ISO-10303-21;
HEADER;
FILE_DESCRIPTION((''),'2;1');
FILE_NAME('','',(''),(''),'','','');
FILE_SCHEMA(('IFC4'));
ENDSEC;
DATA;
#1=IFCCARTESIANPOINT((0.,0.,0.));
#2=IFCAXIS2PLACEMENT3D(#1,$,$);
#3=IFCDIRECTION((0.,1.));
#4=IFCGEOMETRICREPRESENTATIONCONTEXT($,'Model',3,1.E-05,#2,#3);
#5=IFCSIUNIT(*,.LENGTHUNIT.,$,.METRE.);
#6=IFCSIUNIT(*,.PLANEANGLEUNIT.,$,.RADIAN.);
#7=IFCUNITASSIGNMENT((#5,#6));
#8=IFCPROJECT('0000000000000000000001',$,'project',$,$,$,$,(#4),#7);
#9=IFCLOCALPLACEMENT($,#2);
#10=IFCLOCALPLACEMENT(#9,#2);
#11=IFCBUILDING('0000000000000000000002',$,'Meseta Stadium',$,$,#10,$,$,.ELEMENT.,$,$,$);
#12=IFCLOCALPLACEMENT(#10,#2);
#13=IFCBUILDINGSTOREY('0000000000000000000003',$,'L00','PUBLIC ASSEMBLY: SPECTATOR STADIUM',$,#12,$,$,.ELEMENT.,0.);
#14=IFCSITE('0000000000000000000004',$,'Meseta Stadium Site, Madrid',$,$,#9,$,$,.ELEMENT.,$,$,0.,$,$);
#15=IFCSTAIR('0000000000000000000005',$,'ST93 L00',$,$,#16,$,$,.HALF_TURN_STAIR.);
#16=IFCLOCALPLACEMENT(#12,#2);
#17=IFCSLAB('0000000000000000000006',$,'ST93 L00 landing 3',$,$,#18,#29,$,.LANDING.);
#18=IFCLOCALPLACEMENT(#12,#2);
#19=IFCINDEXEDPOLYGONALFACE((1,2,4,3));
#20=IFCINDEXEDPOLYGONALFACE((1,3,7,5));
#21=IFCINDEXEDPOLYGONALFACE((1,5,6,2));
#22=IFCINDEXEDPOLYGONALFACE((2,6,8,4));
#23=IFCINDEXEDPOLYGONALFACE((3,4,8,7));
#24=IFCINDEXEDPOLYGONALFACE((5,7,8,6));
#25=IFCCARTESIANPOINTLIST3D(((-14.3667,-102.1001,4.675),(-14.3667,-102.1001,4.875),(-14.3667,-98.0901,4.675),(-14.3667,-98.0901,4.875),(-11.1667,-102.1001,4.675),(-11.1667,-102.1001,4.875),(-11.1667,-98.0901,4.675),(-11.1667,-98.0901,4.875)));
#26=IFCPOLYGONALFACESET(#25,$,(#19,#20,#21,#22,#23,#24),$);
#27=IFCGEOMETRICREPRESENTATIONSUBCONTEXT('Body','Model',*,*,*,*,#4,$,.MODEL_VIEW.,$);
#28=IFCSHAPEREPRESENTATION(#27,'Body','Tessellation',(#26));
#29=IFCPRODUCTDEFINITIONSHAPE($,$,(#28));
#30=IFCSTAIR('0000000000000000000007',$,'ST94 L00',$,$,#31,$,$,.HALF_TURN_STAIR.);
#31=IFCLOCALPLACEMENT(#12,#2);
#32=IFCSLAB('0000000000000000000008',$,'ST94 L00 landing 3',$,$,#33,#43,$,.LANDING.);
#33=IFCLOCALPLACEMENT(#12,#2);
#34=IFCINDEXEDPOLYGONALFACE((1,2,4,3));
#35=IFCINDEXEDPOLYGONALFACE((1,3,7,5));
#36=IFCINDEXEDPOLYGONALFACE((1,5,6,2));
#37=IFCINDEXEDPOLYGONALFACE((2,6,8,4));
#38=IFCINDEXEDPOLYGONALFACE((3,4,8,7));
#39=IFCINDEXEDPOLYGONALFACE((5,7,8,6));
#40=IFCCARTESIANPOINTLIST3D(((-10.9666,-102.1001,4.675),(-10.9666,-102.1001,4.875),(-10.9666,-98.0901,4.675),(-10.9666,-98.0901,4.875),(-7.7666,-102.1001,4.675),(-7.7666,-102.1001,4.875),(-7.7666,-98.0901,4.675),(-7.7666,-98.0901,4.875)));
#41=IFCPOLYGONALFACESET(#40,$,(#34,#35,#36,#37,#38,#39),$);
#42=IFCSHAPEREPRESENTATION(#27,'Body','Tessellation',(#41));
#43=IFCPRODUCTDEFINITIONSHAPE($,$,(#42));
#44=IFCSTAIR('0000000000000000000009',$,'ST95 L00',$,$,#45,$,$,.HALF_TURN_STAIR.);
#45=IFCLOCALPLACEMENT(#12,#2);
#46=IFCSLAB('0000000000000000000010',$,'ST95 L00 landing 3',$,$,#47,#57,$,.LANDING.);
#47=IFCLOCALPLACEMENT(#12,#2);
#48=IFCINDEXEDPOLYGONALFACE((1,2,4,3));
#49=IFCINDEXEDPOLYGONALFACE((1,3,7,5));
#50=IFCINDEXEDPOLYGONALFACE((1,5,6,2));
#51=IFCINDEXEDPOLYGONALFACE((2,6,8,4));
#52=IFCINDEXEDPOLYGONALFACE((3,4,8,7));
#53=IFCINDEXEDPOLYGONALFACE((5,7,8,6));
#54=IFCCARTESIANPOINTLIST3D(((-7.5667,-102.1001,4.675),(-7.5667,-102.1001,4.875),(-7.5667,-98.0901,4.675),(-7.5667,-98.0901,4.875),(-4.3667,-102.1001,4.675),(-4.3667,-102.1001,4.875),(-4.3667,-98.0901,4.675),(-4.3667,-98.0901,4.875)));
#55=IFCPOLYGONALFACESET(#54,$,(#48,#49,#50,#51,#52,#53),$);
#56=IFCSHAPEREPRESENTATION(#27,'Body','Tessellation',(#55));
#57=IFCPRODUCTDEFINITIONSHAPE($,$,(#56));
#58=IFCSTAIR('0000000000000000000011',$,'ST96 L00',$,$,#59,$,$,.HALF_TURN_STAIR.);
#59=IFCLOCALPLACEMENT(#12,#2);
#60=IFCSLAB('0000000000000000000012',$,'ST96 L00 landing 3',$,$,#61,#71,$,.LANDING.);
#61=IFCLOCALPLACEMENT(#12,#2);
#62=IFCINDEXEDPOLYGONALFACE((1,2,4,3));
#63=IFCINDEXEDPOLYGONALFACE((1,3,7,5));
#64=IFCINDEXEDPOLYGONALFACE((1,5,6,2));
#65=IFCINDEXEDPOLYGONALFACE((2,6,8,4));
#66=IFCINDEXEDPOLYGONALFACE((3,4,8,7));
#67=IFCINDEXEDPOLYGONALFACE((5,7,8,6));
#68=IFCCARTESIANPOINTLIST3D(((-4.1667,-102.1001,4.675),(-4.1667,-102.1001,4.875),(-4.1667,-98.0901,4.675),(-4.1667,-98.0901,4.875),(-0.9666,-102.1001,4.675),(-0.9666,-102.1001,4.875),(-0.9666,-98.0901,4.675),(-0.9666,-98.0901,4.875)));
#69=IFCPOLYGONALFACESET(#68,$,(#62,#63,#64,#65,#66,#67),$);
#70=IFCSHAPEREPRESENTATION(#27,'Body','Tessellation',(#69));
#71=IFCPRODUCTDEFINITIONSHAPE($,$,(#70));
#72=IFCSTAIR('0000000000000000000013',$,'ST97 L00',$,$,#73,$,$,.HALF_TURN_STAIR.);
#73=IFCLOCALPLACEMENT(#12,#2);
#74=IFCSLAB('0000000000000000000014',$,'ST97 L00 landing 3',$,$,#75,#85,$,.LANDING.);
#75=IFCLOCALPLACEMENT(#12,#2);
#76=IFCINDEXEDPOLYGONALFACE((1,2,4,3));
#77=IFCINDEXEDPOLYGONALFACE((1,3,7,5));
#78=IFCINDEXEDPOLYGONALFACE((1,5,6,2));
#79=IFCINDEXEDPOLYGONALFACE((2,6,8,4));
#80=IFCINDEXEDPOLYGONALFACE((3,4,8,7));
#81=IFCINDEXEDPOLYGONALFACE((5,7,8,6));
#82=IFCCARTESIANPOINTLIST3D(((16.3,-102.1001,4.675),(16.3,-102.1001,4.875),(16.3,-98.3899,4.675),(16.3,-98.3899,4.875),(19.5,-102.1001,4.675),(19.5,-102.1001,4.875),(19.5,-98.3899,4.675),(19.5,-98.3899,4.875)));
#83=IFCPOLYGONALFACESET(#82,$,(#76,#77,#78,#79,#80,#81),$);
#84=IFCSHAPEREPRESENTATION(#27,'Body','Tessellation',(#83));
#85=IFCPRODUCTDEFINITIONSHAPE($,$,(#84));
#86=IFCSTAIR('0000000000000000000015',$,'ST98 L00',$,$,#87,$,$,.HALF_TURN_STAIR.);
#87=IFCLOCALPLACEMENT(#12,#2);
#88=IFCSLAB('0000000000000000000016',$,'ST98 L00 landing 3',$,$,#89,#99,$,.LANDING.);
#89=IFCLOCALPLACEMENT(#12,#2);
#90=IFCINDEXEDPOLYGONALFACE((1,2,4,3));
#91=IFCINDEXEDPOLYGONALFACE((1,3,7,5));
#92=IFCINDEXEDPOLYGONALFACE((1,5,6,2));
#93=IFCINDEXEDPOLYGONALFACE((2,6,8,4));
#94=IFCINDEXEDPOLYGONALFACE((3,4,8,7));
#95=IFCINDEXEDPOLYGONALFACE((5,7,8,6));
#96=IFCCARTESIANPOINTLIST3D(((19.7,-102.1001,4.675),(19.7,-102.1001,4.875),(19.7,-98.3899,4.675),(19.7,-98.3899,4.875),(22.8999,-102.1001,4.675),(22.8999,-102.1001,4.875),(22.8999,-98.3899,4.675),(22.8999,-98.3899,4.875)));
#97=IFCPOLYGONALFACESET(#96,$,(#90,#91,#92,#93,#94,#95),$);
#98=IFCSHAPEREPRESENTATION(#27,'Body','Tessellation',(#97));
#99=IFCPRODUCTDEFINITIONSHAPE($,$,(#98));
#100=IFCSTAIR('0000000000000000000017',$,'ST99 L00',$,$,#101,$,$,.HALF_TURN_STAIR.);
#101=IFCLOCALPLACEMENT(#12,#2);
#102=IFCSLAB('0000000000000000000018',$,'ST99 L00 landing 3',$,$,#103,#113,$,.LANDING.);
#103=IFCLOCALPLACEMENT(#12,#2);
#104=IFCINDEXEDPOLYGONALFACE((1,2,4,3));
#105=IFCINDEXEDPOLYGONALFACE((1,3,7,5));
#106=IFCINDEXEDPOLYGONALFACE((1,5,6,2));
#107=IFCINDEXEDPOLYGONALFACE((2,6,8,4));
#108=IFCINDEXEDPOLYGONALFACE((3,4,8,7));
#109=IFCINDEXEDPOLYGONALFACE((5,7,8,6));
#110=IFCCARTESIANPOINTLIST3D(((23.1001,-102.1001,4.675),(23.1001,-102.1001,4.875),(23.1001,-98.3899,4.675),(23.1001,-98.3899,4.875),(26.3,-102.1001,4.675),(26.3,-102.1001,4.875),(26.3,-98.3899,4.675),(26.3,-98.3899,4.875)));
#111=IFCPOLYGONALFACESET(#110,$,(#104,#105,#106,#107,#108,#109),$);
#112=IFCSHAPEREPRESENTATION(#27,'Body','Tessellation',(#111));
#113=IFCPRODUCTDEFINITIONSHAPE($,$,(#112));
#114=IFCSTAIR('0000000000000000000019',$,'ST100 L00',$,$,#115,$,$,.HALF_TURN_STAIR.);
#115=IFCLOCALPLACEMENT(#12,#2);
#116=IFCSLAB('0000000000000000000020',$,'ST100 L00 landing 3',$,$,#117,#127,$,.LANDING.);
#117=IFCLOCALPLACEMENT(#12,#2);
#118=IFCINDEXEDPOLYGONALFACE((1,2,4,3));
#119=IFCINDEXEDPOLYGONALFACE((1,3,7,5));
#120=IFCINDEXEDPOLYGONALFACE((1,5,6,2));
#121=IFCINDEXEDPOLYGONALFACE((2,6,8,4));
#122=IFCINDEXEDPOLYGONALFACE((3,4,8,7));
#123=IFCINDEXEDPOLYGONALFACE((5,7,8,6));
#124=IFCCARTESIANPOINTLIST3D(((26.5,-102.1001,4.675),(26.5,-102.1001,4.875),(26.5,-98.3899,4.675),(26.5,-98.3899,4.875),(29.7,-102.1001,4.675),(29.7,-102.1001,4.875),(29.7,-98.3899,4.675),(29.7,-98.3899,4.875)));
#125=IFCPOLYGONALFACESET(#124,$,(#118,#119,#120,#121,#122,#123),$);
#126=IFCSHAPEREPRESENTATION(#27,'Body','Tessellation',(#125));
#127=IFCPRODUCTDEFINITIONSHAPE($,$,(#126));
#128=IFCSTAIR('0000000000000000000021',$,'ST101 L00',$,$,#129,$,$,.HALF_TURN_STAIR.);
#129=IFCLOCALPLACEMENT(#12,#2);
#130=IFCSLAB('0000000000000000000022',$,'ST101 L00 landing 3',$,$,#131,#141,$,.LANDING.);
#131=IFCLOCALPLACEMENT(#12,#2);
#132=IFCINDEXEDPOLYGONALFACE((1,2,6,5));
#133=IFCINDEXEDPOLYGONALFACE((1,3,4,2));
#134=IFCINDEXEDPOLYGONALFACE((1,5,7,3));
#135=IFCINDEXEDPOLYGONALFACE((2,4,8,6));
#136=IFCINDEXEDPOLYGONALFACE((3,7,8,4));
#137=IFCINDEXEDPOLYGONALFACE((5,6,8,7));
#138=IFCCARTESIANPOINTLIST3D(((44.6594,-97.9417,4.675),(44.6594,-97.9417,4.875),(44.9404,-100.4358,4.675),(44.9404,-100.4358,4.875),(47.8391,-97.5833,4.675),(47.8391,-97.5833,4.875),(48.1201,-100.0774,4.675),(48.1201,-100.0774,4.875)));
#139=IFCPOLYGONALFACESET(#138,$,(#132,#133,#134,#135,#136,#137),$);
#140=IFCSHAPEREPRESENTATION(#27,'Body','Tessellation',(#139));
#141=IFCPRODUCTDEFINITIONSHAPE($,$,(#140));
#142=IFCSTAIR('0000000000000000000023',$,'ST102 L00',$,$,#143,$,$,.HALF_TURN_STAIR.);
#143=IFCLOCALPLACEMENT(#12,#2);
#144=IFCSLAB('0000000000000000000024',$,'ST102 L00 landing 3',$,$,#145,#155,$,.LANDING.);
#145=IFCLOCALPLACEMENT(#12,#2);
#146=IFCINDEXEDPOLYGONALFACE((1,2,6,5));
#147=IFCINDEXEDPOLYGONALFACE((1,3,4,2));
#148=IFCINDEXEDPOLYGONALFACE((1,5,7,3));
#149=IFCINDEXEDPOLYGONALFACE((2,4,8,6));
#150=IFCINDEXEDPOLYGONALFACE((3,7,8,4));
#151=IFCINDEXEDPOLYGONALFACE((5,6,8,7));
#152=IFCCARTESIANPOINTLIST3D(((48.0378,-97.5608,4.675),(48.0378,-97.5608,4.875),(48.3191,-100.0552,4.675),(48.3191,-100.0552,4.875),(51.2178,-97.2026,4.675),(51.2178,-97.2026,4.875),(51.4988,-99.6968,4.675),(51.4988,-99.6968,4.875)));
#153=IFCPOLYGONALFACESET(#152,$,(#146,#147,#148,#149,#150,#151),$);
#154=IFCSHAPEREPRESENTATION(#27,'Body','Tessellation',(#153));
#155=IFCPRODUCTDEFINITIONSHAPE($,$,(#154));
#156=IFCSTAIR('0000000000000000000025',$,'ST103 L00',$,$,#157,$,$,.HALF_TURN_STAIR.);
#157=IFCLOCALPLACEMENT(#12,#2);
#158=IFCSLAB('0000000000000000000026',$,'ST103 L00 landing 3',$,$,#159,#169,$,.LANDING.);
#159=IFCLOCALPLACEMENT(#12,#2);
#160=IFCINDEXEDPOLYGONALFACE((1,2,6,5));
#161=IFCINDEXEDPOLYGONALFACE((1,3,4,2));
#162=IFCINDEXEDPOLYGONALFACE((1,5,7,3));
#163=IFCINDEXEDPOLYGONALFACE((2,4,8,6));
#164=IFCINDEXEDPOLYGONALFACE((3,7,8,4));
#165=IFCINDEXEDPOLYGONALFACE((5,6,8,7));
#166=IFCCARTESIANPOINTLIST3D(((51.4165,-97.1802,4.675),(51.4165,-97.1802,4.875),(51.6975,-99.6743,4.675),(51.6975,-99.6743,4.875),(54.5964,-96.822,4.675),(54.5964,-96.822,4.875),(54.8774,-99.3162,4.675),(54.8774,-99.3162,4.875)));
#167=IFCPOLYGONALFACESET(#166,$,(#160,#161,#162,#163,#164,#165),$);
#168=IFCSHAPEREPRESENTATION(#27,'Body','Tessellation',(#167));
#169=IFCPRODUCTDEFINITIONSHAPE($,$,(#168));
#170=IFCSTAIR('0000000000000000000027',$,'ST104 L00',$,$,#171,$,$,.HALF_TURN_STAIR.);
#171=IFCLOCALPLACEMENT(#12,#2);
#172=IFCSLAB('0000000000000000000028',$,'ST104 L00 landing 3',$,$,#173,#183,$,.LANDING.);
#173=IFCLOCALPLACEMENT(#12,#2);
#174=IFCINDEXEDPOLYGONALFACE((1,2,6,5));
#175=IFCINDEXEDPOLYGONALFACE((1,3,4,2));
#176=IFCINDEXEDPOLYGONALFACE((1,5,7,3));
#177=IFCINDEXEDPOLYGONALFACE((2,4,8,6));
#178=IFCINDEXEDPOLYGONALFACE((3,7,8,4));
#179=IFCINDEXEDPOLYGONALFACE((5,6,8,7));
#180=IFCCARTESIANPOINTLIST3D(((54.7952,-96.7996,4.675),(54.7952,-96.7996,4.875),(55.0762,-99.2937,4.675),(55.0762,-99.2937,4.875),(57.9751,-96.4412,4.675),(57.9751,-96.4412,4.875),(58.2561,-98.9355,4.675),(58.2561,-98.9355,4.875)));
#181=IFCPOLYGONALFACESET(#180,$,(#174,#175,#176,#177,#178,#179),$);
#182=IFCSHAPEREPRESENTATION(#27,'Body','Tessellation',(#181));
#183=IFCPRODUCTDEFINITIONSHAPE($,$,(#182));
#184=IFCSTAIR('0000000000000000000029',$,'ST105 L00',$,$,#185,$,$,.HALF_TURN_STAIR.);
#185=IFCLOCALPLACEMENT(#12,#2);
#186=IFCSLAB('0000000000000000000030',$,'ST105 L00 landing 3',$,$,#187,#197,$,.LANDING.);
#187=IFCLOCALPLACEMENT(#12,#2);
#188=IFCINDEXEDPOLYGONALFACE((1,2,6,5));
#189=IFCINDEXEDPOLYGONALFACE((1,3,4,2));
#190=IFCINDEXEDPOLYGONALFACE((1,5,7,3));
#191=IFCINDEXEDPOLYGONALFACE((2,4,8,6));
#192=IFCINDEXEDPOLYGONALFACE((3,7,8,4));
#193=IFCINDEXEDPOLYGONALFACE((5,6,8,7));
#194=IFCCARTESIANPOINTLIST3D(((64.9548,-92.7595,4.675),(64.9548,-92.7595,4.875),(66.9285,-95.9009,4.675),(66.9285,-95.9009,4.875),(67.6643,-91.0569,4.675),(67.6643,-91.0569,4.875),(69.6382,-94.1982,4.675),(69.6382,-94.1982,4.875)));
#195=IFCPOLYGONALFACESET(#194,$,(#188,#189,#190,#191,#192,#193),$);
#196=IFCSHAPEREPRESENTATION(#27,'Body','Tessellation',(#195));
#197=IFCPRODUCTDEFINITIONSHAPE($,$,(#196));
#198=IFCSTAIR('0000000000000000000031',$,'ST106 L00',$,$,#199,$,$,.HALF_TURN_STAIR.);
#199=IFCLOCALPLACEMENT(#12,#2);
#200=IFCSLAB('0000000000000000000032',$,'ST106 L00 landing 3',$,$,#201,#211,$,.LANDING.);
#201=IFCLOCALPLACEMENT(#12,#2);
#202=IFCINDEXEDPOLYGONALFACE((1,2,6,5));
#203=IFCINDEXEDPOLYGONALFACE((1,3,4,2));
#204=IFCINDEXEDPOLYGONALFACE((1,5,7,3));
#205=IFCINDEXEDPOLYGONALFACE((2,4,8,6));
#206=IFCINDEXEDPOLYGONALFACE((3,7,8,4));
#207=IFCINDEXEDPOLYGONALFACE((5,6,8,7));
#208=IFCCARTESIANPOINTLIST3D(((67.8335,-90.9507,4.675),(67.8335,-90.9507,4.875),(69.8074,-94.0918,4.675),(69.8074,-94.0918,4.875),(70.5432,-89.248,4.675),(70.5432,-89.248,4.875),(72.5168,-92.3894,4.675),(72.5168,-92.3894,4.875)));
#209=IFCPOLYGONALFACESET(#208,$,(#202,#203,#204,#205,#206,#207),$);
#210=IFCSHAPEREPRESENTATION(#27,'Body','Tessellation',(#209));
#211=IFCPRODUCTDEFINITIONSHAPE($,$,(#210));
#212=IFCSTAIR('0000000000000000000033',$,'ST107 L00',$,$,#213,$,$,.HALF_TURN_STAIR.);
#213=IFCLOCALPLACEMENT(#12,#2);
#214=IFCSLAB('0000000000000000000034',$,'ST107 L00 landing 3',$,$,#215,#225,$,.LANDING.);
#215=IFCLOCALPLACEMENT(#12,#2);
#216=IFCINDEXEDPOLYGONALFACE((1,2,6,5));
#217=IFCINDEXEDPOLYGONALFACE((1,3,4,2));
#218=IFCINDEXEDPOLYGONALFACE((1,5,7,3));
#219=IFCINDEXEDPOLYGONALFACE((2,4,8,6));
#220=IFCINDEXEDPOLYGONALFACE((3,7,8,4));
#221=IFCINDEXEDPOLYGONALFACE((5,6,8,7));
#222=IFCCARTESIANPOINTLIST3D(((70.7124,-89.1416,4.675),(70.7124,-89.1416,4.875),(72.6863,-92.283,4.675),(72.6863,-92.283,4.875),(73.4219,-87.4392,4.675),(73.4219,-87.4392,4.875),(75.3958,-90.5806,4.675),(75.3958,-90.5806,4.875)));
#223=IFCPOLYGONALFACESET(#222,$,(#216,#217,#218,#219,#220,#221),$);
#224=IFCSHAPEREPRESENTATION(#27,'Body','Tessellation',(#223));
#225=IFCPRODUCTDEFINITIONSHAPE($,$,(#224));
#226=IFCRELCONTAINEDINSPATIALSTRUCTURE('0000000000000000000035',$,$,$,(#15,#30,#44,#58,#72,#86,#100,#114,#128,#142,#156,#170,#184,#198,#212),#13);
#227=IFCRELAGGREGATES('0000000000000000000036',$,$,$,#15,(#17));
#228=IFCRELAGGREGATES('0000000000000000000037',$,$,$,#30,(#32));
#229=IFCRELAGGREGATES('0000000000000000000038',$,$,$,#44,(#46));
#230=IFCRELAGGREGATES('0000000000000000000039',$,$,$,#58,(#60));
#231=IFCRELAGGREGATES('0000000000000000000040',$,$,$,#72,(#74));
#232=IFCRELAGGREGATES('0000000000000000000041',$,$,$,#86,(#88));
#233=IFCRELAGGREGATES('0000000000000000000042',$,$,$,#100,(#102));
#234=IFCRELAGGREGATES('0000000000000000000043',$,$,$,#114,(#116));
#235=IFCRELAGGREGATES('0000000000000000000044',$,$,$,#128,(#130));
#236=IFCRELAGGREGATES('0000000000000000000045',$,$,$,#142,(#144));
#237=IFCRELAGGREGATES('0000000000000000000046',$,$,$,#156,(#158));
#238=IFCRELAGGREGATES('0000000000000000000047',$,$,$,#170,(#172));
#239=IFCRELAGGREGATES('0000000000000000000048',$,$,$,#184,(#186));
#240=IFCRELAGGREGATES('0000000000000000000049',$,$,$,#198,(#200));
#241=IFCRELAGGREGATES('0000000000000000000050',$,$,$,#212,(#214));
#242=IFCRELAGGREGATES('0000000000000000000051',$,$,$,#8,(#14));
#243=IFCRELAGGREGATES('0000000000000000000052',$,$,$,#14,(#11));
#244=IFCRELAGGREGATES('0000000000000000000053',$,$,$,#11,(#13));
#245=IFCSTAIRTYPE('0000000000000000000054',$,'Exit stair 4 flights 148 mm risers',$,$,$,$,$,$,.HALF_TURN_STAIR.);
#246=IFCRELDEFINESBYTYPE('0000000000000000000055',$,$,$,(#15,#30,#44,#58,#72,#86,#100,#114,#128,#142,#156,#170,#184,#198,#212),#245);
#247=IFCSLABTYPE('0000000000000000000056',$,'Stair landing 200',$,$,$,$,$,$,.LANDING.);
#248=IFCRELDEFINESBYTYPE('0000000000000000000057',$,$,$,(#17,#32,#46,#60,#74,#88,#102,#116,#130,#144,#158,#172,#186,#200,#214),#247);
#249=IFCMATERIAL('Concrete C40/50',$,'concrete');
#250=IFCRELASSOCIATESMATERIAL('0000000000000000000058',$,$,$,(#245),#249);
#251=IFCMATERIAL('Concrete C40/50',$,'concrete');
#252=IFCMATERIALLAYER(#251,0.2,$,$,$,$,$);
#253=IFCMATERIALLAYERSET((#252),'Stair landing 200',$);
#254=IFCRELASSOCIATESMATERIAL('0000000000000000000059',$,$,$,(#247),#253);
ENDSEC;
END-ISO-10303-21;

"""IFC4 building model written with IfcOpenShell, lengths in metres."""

from ifc_helpers import new_model, si_unit, direction, frame, origin, place, context, subcontext, project, spatial, polyline, outline, extrude, material, layer, layer_set, type_object, element, aggregate, save


model = new_model("IFC4")

# Units and contexts
model_context = context("Model", 3, precision=1e-05, world=origin(), true_north=direction((0.0, 1.0)))
body_context = subcontext(model_context, "Body", "Model", "MODEL_VIEW")
ifc_project = project(units=[si_unit("LENGTHUNIT", "METRE"), si_unit("PLANEANGLEUNIT", "RADIAN")], contexts=[model_context])

# Site, building, storey
site_placement = place(None, origin())
site = spatial("IfcSite", under=ifc_project, at=site_placement, Name="Meseta Stadium Site, Madrid", CompositionType="ELEMENT", RefElevation=0.0)
building_placement = place(site_placement, origin())
building = spatial("IfcBuilding", under=site, at=building_placement, Name="Meseta Stadium", CompositionType="ELEMENT")
storey_placement = place(building_placement, origin())
storey = spatial("IfcBuildingStorey", under=building, at=storey_placement, Name="L00", Description="PUBLIC ASSEMBLY: SPECTATOR STADIUM", CompositionType="ELEMENT", Elevation=0.0)

# Stairs, slabs
ifc_material_1 = material(Name="Concrete C40/50", Category="concrete")
stair_type = type_object("IfcStairType", Name="Exit stair 4 flights 148 mm risers", PredefinedType="HALF_TURN_STAIR", material=ifc_material_1)
ifc_material_2 = material(Name="Concrete C40/50", Category="concrete")
ifc_layer = layer(ifc_material_2, 0.2)
ifc_layer_set = layer_set([ifc_layer], Name="Stair landing 200")
slab_type = type_object("IfcSlabType", Name="Stair landing 200", PredefinedType="LANDING", material=ifc_layer_set)
stair_1_placement = place(storey_placement, origin())
stair_1 = element("IfcStair", 1, at=stair_1_placement, inside=storey, type_object=stair_type, Name="ST93 L00", PredefinedType="HALF_TURN_STAIR")
slab_1_placement = place(storey_placement, frame((0.0, 0.0, 4.675)))
slab_1 = element("IfcSlab", 2, at=slab_1_placement, type_object=slab_type, Name="ST93 L00 landing 3", PredefinedType="LANDING", context=body_context, shape_type="SweptSolid", body=[
    extrude(outline(polyline([(-14.3667, -98.0901), (-14.3667, -102.1001), (-11.1667, -102.1001), (-11.1667, -98.0901), (-14.3667, -98.0901)])), origin(), (0.0, 0.0, 1.0), 0.2),
])
aggregate(stair_1, [slab_1])
stair_2_placement = place(storey_placement, origin())
stair_2 = element("IfcStair", 3, at=stair_2_placement, inside=storey, type_object=stair_type, Name="ST94 L00", PredefinedType="HALF_TURN_STAIR")
slab_2_placement = place(storey_placement, frame((0.0, 0.0, 4.675)))
slab_2 = element("IfcSlab", 4, at=slab_2_placement, type_object=slab_type, Name="ST94 L00 landing 3", PredefinedType="LANDING", context=body_context, shape_type="SweptSolid", body=[
    extrude(outline(polyline([(-10.9666, -98.0901), (-10.9666, -102.1001), (-7.7666, -102.1001), (-7.7666, -98.0901), (-10.9666, -98.0901)])), origin(), (0.0, 0.0, 1.0), 0.2),
])
aggregate(stair_2, [slab_2])
stair_3_placement = place(storey_placement, origin())
stair_3 = element("IfcStair", 5, at=stair_3_placement, inside=storey, type_object=stair_type, Name="ST95 L00", PredefinedType="HALF_TURN_STAIR")
slab_3_placement = place(storey_placement, frame((0.0, 0.0, 4.675)))
slab_3 = element("IfcSlab", 6, at=slab_3_placement, type_object=slab_type, Name="ST95 L00 landing 3", PredefinedType="LANDING", context=body_context, shape_type="SweptSolid", body=[
    extrude(outline(polyline([(-7.5667, -98.0901), (-7.5667, -102.1001), (-4.3667, -102.1001), (-4.3667, -98.0901), (-7.5667, -98.0901)])), origin(), (0.0, 0.0, 1.0), 0.2),
])
aggregate(stair_3, [slab_3])
stair_4_placement = place(storey_placement, origin())
stair_4 = element("IfcStair", 7, at=stair_4_placement, inside=storey, type_object=stair_type, Name="ST96 L00", PredefinedType="HALF_TURN_STAIR")
slab_4_placement = place(storey_placement, frame((0.0, 0.0, 4.675)))
slab_4 = element("IfcSlab", 8, at=slab_4_placement, type_object=slab_type, Name="ST96 L00 landing 3", PredefinedType="LANDING", context=body_context, shape_type="SweptSolid", body=[
    extrude(outline(polyline([(-4.1667, -98.0901), (-4.1667, -102.1001), (-0.9666, -102.1001), (-0.9666, -98.0901), (-4.1667, -98.0901)])), origin(), (0.0, 0.0, 1.0), 0.2),
])
aggregate(stair_4, [slab_4])
stair_5_placement = place(storey_placement, origin())
stair_5 = element("IfcStair", 9, at=stair_5_placement, inside=storey, type_object=stair_type, Name="ST97 L00", PredefinedType="HALF_TURN_STAIR")
slab_5_placement = place(storey_placement, frame((0.0, 0.0, 4.675)))
slab_5 = element("IfcSlab", 10, at=slab_5_placement, type_object=slab_type, Name="ST97 L00 landing 3", PredefinedType="LANDING", context=body_context, shape_type="SweptSolid", body=[
    extrude(outline(polyline([(16.3, -98.3899), (16.3, -102.1001), (19.5, -102.1001), (19.5, -98.3899), (16.3, -98.3899)])), origin(), (0.0, 0.0, 1.0), 0.2),
])
aggregate(stair_5, [slab_5])
stair_6_placement = place(storey_placement, origin())
stair_6 = element("IfcStair", 11, at=stair_6_placement, inside=storey, type_object=stair_type, Name="ST98 L00", PredefinedType="HALF_TURN_STAIR")
slab_6_placement = place(storey_placement, frame((0.0, 0.0, 4.675)))
slab_6 = element("IfcSlab", 12, at=slab_6_placement, type_object=slab_type, Name="ST98 L00 landing 3", PredefinedType="LANDING", context=body_context, shape_type="SweptSolid", body=[
    extrude(outline(polyline([(19.7, -98.3899), (19.7, -102.1001), (22.8999, -102.1001), (22.8999, -98.3899), (19.7, -98.3899)])), origin(), (0.0, 0.0, 1.0), 0.2),
])
aggregate(stair_6, [slab_6])
stair_7_placement = place(storey_placement, origin())
stair_7 = element("IfcStair", 13, at=stair_7_placement, inside=storey, type_object=stair_type, Name="ST99 L00", PredefinedType="HALF_TURN_STAIR")
slab_7_placement = place(storey_placement, frame((0.0, 0.0, 4.675)))
slab_7 = element("IfcSlab", 14, at=slab_7_placement, type_object=slab_type, Name="ST99 L00 landing 3", PredefinedType="LANDING", context=body_context, shape_type="SweptSolid", body=[
    extrude(outline(polyline([(23.1001, -98.3899), (23.1001, -102.1001), (26.3, -102.1001), (26.3, -98.3899), (23.1001, -98.3899)])), origin(), (0.0, 0.0, 1.0), 0.2),
])
aggregate(stair_7, [slab_7])
stair_8_placement = place(storey_placement, origin())
stair_8 = element("IfcStair", 15, at=stair_8_placement, inside=storey, type_object=stair_type, Name="ST100 L00", PredefinedType="HALF_TURN_STAIR")
slab_8_placement = place(storey_placement, frame((0.0, 0.0, 4.675)))
slab_8 = element("IfcSlab", 16, at=slab_8_placement, type_object=slab_type, Name="ST100 L00 landing 3", PredefinedType="LANDING", context=body_context, shape_type="SweptSolid", body=[
    extrude(outline(polyline([(26.5, -98.3899), (26.5, -102.1001), (29.7, -102.1001), (29.7, -98.3899), (26.5, -98.3899)])), origin(), (0.0, 0.0, 1.0), 0.2),
])
aggregate(stair_8, [slab_8])
stair_9_placement = place(storey_placement, origin())
stair_9 = element("IfcStair", 17, at=stair_9_placement, inside=storey, type_object=stair_type, Name="ST101 L00", PredefinedType="HALF_TURN_STAIR")
slab_9_placement = place(storey_placement, frame((0.0, 0.0, 4.675)))
slab_9 = element("IfcSlab", 18, at=slab_9_placement, type_object=slab_type, Name="ST101 L00 landing 3", PredefinedType="LANDING", context=body_context, shape_type="SweptSolid", body=[
    extrude(outline(polyline([(44.6594, -97.9417), (44.9404, -100.4358), (48.1201, -100.0774), (47.8391, -97.5833), (44.6594, -97.9417)])), origin(), (0.0, 0.0, 1.0), 0.2),
])
aggregate(stair_9, [slab_9])
stair_10_placement = place(storey_placement, origin())
stair_10 = element("IfcStair", 19, at=stair_10_placement, inside=storey, type_object=stair_type, Name="ST102 L00", PredefinedType="HALF_TURN_STAIR")
slab_10_placement = place(storey_placement, frame((0.0, 0.0, 4.675)))
slab_10 = element("IfcSlab", 20, at=slab_10_placement, type_object=slab_type, Name="ST102 L00 landing 3", PredefinedType="LANDING", context=body_context, shape_type="SweptSolid", body=[
    extrude(outline(polyline([(48.0378, -97.5608), (48.3191, -100.0552), (51.4988, -99.6968), (51.2178, -97.2026), (48.0378, -97.5608)])), origin(), (0.0, 0.0, 1.0), 0.2),
])
aggregate(stair_10, [slab_10])
stair_11_placement = place(storey_placement, origin())
stair_11 = element("IfcStair", 21, at=stair_11_placement, inside=storey, type_object=stair_type, Name="ST103 L00", PredefinedType="HALF_TURN_STAIR")
slab_11_placement = place(storey_placement, frame((0.0, 0.0, 4.675)))
slab_11 = element("IfcSlab", 22, at=slab_11_placement, type_object=slab_type, Name="ST103 L00 landing 3", PredefinedType="LANDING", context=body_context, shape_type="SweptSolid", body=[
    extrude(outline(polyline([(51.4165, -97.1802), (51.6975, -99.6743), (54.8774, -99.3162), (54.5964, -96.822), (51.4165, -97.1802)])), origin(), (0.0, 0.0, 1.0), 0.2),
])
aggregate(stair_11, [slab_11])
stair_12_placement = place(storey_placement, origin())
stair_12 = element("IfcStair", 23, at=stair_12_placement, inside=storey, type_object=stair_type, Name="ST104 L00", PredefinedType="HALF_TURN_STAIR")
slab_12_placement = place(storey_placement, frame((0.0, 0.0, 4.675)))
slab_12 = element("IfcSlab", 24, at=slab_12_placement, type_object=slab_type, Name="ST104 L00 landing 3", PredefinedType="LANDING", context=body_context, shape_type="SweptSolid", body=[
    extrude(outline(polyline([(54.7952, -96.7996), (55.0762, -99.2937), (58.2561, -98.9355), (57.9751, -96.4412), (54.7952, -96.7996)])), origin(), (0.0, 0.0, 1.0), 0.2),
])
aggregate(stair_12, [slab_12])
stair_13_placement = place(storey_placement, origin())
stair_13 = element("IfcStair", 25, at=stair_13_placement, inside=storey, type_object=stair_type, Name="ST105 L00", PredefinedType="HALF_TURN_STAIR")
slab_13_placement = place(storey_placement, frame((0.0, 0.0, 4.675)))
slab_13 = element("IfcSlab", 26, at=slab_13_placement, type_object=slab_type, Name="ST105 L00 landing 3", PredefinedType="LANDING", context=body_context, shape_type="SweptSolid", body=[
    extrude(outline(polyline([(64.9548, -92.7595), (66.9285, -95.9009), (69.6382, -94.1982), (67.6643, -91.0569), (64.9548, -92.7595)])), origin(), (0.0, 0.0, 1.0), 0.2),
])
aggregate(stair_13, [slab_13])
stair_14_placement = place(storey_placement, origin())
stair_14 = element("IfcStair", 27, at=stair_14_placement, inside=storey, type_object=stair_type, Name="ST106 L00", PredefinedType="HALF_TURN_STAIR")
slab_14_placement = place(storey_placement, frame((0.0, 0.0, 4.675)))
slab_14 = element("IfcSlab", 28, at=slab_14_placement, type_object=slab_type, Name="ST106 L00 landing 3", PredefinedType="LANDING", context=body_context, shape_type="SweptSolid", body=[
    extrude(outline(polyline([(67.8335, -90.9507), (69.8074, -94.0918), (72.5168, -92.3894), (70.5432, -89.248), (67.8335, -90.9507)])), origin(), (0.0, 0.0, 1.0), 0.2),
])
aggregate(stair_14, [slab_14])
stair_15_placement = place(storey_placement, origin())
stair_15 = element("IfcStair", 29, at=stair_15_placement, inside=storey, type_object=stair_type, Name="ST107 L00", PredefinedType="HALF_TURN_STAIR")
slab_15_placement = place(storey_placement, frame((0.0, 0.0, 4.675)))
slab_15 = element("IfcSlab", 30, at=slab_15_placement, type_object=slab_type, Name="ST107 L00 landing 3", PredefinedType="LANDING", context=body_context, shape_type="SweptSolid", body=[
    extrude(outline(polyline([(70.7124, -89.1416), (72.6863, -92.283), (75.3958, -90.5806), (73.4219, -87.4392), (70.7124, -89.1416)])), origin(), (0.0, 0.0, 1.0), 0.2),
])
aggregate(stair_15, [slab_15])

save(model, "model.ifc")
